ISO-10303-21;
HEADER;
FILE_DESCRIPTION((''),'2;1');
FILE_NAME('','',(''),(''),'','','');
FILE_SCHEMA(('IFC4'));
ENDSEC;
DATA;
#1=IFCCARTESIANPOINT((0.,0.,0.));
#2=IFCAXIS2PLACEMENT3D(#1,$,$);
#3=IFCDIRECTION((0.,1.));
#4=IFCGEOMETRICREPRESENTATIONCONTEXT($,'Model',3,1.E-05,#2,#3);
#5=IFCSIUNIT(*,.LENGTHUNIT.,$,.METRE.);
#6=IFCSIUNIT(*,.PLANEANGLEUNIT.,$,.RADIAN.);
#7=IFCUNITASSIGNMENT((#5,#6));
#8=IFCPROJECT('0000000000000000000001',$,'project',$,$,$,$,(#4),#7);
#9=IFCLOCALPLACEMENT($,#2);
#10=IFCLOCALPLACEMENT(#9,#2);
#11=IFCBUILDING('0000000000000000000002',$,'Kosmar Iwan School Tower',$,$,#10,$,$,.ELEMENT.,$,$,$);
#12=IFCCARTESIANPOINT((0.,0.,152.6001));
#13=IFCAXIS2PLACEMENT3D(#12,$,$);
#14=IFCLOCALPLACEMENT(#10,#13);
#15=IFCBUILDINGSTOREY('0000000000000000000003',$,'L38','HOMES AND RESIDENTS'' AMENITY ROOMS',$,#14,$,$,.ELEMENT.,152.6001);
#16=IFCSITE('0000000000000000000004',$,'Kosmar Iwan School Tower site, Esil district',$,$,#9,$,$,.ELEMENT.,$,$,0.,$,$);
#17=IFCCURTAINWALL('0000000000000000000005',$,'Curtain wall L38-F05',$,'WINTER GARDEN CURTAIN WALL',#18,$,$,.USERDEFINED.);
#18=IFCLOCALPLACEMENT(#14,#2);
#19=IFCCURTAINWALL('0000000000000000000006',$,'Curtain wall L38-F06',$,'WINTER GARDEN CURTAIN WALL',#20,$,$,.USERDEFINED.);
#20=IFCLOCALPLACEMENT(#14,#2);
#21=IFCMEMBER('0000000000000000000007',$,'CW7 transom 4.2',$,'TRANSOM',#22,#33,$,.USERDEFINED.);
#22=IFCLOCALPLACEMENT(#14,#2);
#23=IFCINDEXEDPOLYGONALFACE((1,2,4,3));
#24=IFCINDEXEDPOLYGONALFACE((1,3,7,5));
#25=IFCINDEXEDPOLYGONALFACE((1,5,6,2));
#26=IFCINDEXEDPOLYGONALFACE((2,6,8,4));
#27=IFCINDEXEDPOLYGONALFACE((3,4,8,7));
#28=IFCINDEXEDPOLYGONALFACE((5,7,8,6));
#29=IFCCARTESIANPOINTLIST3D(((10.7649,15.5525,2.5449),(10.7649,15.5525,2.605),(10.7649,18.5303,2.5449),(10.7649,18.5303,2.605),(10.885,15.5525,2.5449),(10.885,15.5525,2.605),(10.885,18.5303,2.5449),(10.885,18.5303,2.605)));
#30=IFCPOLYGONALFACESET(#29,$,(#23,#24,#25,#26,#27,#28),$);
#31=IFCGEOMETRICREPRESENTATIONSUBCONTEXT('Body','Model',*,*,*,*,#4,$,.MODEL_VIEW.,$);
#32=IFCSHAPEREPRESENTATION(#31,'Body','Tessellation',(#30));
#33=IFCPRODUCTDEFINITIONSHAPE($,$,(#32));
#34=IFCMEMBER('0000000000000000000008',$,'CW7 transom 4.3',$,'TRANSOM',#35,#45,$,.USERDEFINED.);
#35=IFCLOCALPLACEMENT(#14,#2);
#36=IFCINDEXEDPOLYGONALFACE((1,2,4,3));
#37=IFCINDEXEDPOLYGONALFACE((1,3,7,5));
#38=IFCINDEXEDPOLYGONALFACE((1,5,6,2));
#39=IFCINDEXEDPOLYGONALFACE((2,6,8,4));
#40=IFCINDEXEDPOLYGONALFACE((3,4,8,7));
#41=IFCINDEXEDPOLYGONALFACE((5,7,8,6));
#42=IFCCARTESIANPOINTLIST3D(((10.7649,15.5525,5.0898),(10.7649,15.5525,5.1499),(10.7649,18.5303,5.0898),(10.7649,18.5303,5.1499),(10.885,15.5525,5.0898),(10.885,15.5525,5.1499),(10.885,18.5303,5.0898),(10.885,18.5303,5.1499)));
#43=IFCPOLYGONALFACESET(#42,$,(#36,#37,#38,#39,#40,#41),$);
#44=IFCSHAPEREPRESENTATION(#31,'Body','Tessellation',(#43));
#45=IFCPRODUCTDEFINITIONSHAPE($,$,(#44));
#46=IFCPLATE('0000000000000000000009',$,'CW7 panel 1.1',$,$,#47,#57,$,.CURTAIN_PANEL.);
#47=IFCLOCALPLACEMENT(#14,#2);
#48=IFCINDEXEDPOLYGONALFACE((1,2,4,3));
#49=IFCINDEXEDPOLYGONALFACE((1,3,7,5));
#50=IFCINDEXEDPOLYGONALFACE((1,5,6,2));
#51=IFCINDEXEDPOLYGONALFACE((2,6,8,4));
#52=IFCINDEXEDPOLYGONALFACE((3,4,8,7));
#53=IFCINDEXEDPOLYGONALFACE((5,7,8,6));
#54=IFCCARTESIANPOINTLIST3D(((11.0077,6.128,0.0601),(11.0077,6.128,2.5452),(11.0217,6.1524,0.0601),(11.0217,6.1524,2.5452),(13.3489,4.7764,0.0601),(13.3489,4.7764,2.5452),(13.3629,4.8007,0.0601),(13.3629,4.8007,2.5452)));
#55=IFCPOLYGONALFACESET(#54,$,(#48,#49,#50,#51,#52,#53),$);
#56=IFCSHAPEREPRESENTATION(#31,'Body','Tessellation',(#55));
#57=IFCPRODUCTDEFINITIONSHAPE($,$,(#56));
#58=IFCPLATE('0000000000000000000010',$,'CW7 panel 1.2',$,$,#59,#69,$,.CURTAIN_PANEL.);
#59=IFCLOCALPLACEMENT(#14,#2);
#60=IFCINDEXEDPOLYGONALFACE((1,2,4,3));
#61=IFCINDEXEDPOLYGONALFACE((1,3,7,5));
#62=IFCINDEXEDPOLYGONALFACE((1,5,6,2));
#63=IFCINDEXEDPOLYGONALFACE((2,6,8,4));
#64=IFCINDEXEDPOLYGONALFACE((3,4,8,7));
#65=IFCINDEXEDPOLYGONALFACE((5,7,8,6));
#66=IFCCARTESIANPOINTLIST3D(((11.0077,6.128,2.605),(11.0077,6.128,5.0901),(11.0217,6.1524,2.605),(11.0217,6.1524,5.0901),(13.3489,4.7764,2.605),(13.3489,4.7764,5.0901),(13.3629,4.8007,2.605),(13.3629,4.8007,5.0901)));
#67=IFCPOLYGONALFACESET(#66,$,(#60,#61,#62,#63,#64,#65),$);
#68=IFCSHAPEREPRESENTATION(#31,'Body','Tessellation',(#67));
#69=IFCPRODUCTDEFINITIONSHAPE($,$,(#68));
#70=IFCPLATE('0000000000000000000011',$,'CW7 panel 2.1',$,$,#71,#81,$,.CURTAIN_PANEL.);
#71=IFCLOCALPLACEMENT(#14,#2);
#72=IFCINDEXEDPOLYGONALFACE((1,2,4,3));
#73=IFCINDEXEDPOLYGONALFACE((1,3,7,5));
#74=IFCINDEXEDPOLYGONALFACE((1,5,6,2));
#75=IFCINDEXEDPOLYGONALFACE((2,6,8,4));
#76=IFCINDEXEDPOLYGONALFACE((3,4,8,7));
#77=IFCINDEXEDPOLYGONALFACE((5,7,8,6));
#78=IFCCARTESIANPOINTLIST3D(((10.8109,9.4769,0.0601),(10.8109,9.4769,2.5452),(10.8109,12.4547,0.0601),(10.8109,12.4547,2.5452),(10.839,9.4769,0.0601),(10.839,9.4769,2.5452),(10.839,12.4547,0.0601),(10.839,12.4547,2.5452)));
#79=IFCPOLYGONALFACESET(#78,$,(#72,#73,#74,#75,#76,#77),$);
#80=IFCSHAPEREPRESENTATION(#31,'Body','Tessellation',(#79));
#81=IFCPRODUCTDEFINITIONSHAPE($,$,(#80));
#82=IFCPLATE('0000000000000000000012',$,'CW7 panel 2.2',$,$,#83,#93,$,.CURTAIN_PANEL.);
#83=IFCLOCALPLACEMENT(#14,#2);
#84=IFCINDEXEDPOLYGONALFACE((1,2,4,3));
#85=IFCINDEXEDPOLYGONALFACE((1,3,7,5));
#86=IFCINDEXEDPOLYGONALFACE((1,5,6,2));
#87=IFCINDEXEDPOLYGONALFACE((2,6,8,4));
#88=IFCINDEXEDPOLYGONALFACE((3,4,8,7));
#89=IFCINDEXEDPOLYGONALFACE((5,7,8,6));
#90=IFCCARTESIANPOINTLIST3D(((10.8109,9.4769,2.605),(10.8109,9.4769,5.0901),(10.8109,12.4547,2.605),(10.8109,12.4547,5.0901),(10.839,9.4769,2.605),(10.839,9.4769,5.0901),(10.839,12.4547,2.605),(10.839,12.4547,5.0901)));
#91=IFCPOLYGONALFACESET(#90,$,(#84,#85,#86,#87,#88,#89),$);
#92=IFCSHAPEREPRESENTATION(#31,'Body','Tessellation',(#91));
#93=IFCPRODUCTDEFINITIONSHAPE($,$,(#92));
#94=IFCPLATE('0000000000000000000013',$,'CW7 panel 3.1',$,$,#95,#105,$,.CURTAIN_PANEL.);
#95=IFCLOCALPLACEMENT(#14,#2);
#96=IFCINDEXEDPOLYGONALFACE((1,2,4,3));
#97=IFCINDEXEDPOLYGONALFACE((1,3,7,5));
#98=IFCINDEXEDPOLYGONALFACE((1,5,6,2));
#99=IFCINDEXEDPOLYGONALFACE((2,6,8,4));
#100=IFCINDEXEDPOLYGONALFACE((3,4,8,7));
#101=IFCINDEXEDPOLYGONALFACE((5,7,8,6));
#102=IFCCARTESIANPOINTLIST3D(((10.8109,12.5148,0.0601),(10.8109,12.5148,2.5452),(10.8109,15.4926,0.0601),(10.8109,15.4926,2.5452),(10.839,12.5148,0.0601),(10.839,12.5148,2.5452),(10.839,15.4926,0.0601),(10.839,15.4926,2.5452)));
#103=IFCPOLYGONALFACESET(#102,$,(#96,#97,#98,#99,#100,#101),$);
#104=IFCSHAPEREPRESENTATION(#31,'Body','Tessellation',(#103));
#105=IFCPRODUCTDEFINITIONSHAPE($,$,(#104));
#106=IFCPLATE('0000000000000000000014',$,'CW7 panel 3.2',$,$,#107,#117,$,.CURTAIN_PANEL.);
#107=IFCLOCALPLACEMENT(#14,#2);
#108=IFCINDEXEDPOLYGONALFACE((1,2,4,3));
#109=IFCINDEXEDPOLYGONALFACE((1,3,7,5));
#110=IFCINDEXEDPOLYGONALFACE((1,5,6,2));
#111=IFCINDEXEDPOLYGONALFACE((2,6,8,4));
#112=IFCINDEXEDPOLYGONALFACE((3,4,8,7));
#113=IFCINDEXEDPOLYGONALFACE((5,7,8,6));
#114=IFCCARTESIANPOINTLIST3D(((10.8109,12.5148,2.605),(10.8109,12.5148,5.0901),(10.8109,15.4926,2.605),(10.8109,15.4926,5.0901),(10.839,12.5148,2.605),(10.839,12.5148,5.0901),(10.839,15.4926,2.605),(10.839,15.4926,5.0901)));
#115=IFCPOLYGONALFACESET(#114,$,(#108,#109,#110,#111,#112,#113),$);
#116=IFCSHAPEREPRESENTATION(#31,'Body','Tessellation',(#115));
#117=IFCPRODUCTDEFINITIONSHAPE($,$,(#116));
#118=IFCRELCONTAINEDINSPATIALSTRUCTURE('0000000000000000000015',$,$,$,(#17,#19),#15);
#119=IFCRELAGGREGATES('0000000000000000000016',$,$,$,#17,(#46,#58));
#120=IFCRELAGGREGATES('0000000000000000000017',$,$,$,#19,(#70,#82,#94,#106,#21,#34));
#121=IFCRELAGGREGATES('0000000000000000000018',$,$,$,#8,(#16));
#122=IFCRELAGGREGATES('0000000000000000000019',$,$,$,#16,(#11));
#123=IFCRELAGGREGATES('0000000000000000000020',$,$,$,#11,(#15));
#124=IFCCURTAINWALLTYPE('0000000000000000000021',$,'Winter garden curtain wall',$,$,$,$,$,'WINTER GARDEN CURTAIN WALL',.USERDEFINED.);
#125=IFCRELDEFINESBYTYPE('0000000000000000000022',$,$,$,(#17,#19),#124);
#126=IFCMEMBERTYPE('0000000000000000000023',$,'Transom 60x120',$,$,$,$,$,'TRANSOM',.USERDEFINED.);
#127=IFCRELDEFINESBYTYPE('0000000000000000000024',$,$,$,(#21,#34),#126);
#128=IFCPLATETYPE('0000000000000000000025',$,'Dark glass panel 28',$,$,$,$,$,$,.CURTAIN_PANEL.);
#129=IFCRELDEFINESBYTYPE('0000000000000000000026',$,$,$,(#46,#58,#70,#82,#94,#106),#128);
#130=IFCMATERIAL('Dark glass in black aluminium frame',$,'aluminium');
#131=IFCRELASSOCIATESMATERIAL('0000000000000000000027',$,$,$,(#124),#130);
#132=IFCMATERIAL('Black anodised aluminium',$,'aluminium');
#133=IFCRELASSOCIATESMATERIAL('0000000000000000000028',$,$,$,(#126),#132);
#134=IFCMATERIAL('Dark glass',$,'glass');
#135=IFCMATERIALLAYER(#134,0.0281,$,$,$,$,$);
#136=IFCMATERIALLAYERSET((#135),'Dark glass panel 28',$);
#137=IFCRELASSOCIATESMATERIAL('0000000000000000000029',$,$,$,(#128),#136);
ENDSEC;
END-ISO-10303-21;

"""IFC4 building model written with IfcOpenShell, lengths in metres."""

from ifc_helpers import new_model, si_unit, direction, frame, origin, origin_2d, place, context, subcontext, project, spatial, rectangle, extrude, material, layer, layer_set, material_profile, profile_set, type_object, element, aggregate, save


model = new_model("IFC4")

# Units and contexts
model_context = context("Model", 3, precision=1e-05, world=origin(), true_north=direction((0.0, 1.0)))
body_context = subcontext(model_context, "Body", "Model", "MODEL_VIEW")
ifc_project = project(units=[si_unit("LENGTHUNIT", "METRE"), si_unit("PLANEANGLEUNIT", "RADIAN")], contexts=[model_context])

# Site, building, storey
site_placement = place(None, origin())
site = spatial("IfcSite", under=ifc_project, at=site_placement, Name="Kosmar Iwan School Tower site, Esil district", CompositionType="ELEMENT", RefElevation=0.0)
building_placement = place(site_placement, origin())
building = spatial("IfcBuilding", under=site, at=building_placement, Name="Kosmar Iwan School Tower", CompositionType="ELEMENT")
storey_placement = place(building_placement, frame((0.0, 0.0, 152.6001)))
storey = spatial("IfcBuildingStorey", under=building, at=storey_placement, Name="L38", Description="HOMES AND RESIDENTS' AMENITY ROOMS", CompositionType="ELEMENT", Elevation=152.6001)

# Curtain wall
ifc_material_1 = material(Name="Dark glass in black aluminium frame", Category="aluminium")
curtain_wall_type = type_object("IfcCurtainWallType", Name="Winter garden curtain wall", ElementType="WINTER GARDEN CURTAIN WALL", PredefinedType="USERDEFINED", material=ifc_material_1)
curtain_wall_1_placement = place(storey_placement, origin())
curtain_wall_1 = element("IfcCurtainWall", 1, at=curtain_wall_1_placement, inside=storey, type_object=curtain_wall_type, Name="Curtain wall L38-F05", ObjectType="WINTER GARDEN CURTAIN WALL", PredefinedType="USERDEFINED")

# Curtain wall
curtain_wall_2_placement = place(storey_placement, origin())
curtain_wall_2 = element("IfcCurtainWall", 2, at=curtain_wall_2_placement, inside=storey, type_object=curtain_wall_type, Name="Curtain wall L38-F06", ObjectType="WINTER GARDEN CURTAIN WALL", PredefinedType="USERDEFINED")

# Members
ifc_material_2 = material(Name="Black anodised aluminium", Category="aluminium")
ifc_material_profile_1 = material_profile(ifc_material_2, rectangle(XDim=0.1201, YDim=0.0601, at=origin_2d()), Name="TRANSOM 60x120")
ifc_profile_set_1 = profile_set([ifc_material_profile_1], Name="Black anodised aluminium")
member_type_1 = type_object("IfcMemberType", Name="Transom 60x120", ElementType="TRANSOM", PredefinedType="USERDEFINED", material=ifc_profile_set_1)
member_1_placement = place(storey_placement, frame((10.825, 15.5525, 2.575), z_axis=(0.0, 1.0, 0.0), x_axis=(-1.0, 0.0, 0.0)))
member_1 = element("IfcMember", 3, at=member_1_placement, type_object=member_type_1, Name="CW7 transom 4.2", ObjectType="TRANSOM", PredefinedType="USERDEFINED", context=body_context, shape_type="SweptSolid", body=[
    extrude(rectangle(XDim=0.1201, YDim=0.0601, at=origin_2d()), origin(), (0.0, 0.0, 1.0), 2.9778),
])
member_2_placement = place(storey_placement, frame((10.825, 15.5525, 5.1199), z_axis=(0.0, 1.0, 0.0), x_axis=(-1.0, 0.0, 0.0)))
member_2 = element("IfcMember", 4, at=member_2_placement, type_object=member_type_1, Name="CW7 transom 4.3", ObjectType="TRANSOM", PredefinedType="USERDEFINED", context=body_context, shape_type="SweptSolid", body=[
    extrude(rectangle(XDim=0.1201, YDim=0.0601, at=origin_2d()), origin(), (0.0, 0.0, 1.0), 2.9778),
])

# Plates
ifc_material_3 = material(Name="Dark glass", Category="glass")
ifc_layer = layer(ifc_material_3, 0.0281)
ifc_layer_set = layer_set([ifc_layer], Name="Dark glass panel 28")
plate_type = type_object("IfcPlateType", Name="Dark glass panel 28", PredefinedType="CURTAIN_PANEL", material=ifc_layer_set)
plate_1_placement = place(storey_placement, frame((12.1853, 5.4644, 0.0601), z_axis=(0.0, 0.0, 1.0), x_axis=(0.866025, -0.5, 0.0)))
plate_1 = element("IfcPlate", 5, at=plate_1_placement, type_object=plate_type, Name="CW7 panel 1.1", PredefinedType="CURTAIN_PANEL", context=body_context, shape_type="SweptSolid", body=[
    extrude(rectangle(XDim=2.7034, YDim=0.0281, at=origin_2d()), origin(), (0.0, 0.0, 1.0), 2.4851),
])
plate_2_placement = place(storey_placement, frame((12.1853, 5.4644, 2.605), z_axis=(0.0, 0.0, 1.0), x_axis=(0.866025, -0.5, 0.0)))
plate_2 = element("IfcPlate", 6, at=plate_2_placement, type_object=plate_type, Name="CW7 panel 1.2", PredefinedType="CURTAIN_PANEL", context=body_context, shape_type="SweptSolid", body=[
    extrude(rectangle(XDim=2.7034, YDim=0.0281, at=origin_2d()), origin(), (0.0, 0.0, 1.0), 2.4851),
])
aggregate(curtain_wall_1, [plate_1, plate_2])
plate_3_placement = place(storey_placement, frame((10.825, 10.9658, 0.0601), z_axis=(0.0, 0.0, 1.0), x_axis=(0.0, 1.0, 0.0)))
plate_3 = element("IfcPlate", 7, at=plate_3_placement, type_object=plate_type, Name="CW7 panel 2.1", PredefinedType="CURTAIN_PANEL", context=body_context, shape_type="SweptSolid", body=[
    extrude(rectangle(XDim=2.9778, YDim=0.0281, at=origin_2d()), origin(), (0.0, 0.0, 1.0), 2.4851),
])
plate_4_placement = place(storey_placement, frame((10.825, 10.9658, 2.605), z_axis=(0.0, 0.0, 1.0), x_axis=(0.0, 1.0, 0.0)))
plate_4 = element("IfcPlate", 8, at=plate_4_placement, type_object=plate_type, Name="CW7 panel 2.2", PredefinedType="CURTAIN_PANEL", context=body_context, shape_type="SweptSolid", body=[
    extrude(rectangle(XDim=2.9778, YDim=0.0281, at=origin_2d()), origin(), (0.0, 0.0, 1.0), 2.4851),
])
plate_5_placement = place(storey_placement, frame((10.825, 14.0037, 0.0601), z_axis=(0.0, 0.0, 1.0), x_axis=(0.0, 1.0, 0.0)))
plate_5 = element("IfcPlate", 9, at=plate_5_placement, type_object=plate_type, Name="CW7 panel 3.1", PredefinedType="CURTAIN_PANEL", context=body_context, shape_type="SweptSolid", body=[
    extrude(rectangle(XDim=2.9778, YDim=0.0281, at=origin_2d()), origin(), (0.0, 0.0, 1.0), 2.4851),
])
plate_6_placement = place(storey_placement, frame((10.825, 14.0037, 2.605), z_axis=(0.0, 0.0, 1.0), x_axis=(0.0, 1.0, 0.0)))
plate_6 = element("IfcPlate", 10, at=plate_6_placement, type_object=plate_type, Name="CW7 panel 3.2", PredefinedType="CURTAIN_PANEL", context=body_context, shape_type="SweptSolid", body=[
    extrude(rectangle(XDim=2.9778, YDim=0.0281, at=origin_2d()), origin(), (0.0, 0.0, 1.0), 2.4851),
])
aggregate(curtain_wall_2, [plate_3, plate_4, plate_5, plate_6, member_1, member_2])

save(model, "model.ifc")
